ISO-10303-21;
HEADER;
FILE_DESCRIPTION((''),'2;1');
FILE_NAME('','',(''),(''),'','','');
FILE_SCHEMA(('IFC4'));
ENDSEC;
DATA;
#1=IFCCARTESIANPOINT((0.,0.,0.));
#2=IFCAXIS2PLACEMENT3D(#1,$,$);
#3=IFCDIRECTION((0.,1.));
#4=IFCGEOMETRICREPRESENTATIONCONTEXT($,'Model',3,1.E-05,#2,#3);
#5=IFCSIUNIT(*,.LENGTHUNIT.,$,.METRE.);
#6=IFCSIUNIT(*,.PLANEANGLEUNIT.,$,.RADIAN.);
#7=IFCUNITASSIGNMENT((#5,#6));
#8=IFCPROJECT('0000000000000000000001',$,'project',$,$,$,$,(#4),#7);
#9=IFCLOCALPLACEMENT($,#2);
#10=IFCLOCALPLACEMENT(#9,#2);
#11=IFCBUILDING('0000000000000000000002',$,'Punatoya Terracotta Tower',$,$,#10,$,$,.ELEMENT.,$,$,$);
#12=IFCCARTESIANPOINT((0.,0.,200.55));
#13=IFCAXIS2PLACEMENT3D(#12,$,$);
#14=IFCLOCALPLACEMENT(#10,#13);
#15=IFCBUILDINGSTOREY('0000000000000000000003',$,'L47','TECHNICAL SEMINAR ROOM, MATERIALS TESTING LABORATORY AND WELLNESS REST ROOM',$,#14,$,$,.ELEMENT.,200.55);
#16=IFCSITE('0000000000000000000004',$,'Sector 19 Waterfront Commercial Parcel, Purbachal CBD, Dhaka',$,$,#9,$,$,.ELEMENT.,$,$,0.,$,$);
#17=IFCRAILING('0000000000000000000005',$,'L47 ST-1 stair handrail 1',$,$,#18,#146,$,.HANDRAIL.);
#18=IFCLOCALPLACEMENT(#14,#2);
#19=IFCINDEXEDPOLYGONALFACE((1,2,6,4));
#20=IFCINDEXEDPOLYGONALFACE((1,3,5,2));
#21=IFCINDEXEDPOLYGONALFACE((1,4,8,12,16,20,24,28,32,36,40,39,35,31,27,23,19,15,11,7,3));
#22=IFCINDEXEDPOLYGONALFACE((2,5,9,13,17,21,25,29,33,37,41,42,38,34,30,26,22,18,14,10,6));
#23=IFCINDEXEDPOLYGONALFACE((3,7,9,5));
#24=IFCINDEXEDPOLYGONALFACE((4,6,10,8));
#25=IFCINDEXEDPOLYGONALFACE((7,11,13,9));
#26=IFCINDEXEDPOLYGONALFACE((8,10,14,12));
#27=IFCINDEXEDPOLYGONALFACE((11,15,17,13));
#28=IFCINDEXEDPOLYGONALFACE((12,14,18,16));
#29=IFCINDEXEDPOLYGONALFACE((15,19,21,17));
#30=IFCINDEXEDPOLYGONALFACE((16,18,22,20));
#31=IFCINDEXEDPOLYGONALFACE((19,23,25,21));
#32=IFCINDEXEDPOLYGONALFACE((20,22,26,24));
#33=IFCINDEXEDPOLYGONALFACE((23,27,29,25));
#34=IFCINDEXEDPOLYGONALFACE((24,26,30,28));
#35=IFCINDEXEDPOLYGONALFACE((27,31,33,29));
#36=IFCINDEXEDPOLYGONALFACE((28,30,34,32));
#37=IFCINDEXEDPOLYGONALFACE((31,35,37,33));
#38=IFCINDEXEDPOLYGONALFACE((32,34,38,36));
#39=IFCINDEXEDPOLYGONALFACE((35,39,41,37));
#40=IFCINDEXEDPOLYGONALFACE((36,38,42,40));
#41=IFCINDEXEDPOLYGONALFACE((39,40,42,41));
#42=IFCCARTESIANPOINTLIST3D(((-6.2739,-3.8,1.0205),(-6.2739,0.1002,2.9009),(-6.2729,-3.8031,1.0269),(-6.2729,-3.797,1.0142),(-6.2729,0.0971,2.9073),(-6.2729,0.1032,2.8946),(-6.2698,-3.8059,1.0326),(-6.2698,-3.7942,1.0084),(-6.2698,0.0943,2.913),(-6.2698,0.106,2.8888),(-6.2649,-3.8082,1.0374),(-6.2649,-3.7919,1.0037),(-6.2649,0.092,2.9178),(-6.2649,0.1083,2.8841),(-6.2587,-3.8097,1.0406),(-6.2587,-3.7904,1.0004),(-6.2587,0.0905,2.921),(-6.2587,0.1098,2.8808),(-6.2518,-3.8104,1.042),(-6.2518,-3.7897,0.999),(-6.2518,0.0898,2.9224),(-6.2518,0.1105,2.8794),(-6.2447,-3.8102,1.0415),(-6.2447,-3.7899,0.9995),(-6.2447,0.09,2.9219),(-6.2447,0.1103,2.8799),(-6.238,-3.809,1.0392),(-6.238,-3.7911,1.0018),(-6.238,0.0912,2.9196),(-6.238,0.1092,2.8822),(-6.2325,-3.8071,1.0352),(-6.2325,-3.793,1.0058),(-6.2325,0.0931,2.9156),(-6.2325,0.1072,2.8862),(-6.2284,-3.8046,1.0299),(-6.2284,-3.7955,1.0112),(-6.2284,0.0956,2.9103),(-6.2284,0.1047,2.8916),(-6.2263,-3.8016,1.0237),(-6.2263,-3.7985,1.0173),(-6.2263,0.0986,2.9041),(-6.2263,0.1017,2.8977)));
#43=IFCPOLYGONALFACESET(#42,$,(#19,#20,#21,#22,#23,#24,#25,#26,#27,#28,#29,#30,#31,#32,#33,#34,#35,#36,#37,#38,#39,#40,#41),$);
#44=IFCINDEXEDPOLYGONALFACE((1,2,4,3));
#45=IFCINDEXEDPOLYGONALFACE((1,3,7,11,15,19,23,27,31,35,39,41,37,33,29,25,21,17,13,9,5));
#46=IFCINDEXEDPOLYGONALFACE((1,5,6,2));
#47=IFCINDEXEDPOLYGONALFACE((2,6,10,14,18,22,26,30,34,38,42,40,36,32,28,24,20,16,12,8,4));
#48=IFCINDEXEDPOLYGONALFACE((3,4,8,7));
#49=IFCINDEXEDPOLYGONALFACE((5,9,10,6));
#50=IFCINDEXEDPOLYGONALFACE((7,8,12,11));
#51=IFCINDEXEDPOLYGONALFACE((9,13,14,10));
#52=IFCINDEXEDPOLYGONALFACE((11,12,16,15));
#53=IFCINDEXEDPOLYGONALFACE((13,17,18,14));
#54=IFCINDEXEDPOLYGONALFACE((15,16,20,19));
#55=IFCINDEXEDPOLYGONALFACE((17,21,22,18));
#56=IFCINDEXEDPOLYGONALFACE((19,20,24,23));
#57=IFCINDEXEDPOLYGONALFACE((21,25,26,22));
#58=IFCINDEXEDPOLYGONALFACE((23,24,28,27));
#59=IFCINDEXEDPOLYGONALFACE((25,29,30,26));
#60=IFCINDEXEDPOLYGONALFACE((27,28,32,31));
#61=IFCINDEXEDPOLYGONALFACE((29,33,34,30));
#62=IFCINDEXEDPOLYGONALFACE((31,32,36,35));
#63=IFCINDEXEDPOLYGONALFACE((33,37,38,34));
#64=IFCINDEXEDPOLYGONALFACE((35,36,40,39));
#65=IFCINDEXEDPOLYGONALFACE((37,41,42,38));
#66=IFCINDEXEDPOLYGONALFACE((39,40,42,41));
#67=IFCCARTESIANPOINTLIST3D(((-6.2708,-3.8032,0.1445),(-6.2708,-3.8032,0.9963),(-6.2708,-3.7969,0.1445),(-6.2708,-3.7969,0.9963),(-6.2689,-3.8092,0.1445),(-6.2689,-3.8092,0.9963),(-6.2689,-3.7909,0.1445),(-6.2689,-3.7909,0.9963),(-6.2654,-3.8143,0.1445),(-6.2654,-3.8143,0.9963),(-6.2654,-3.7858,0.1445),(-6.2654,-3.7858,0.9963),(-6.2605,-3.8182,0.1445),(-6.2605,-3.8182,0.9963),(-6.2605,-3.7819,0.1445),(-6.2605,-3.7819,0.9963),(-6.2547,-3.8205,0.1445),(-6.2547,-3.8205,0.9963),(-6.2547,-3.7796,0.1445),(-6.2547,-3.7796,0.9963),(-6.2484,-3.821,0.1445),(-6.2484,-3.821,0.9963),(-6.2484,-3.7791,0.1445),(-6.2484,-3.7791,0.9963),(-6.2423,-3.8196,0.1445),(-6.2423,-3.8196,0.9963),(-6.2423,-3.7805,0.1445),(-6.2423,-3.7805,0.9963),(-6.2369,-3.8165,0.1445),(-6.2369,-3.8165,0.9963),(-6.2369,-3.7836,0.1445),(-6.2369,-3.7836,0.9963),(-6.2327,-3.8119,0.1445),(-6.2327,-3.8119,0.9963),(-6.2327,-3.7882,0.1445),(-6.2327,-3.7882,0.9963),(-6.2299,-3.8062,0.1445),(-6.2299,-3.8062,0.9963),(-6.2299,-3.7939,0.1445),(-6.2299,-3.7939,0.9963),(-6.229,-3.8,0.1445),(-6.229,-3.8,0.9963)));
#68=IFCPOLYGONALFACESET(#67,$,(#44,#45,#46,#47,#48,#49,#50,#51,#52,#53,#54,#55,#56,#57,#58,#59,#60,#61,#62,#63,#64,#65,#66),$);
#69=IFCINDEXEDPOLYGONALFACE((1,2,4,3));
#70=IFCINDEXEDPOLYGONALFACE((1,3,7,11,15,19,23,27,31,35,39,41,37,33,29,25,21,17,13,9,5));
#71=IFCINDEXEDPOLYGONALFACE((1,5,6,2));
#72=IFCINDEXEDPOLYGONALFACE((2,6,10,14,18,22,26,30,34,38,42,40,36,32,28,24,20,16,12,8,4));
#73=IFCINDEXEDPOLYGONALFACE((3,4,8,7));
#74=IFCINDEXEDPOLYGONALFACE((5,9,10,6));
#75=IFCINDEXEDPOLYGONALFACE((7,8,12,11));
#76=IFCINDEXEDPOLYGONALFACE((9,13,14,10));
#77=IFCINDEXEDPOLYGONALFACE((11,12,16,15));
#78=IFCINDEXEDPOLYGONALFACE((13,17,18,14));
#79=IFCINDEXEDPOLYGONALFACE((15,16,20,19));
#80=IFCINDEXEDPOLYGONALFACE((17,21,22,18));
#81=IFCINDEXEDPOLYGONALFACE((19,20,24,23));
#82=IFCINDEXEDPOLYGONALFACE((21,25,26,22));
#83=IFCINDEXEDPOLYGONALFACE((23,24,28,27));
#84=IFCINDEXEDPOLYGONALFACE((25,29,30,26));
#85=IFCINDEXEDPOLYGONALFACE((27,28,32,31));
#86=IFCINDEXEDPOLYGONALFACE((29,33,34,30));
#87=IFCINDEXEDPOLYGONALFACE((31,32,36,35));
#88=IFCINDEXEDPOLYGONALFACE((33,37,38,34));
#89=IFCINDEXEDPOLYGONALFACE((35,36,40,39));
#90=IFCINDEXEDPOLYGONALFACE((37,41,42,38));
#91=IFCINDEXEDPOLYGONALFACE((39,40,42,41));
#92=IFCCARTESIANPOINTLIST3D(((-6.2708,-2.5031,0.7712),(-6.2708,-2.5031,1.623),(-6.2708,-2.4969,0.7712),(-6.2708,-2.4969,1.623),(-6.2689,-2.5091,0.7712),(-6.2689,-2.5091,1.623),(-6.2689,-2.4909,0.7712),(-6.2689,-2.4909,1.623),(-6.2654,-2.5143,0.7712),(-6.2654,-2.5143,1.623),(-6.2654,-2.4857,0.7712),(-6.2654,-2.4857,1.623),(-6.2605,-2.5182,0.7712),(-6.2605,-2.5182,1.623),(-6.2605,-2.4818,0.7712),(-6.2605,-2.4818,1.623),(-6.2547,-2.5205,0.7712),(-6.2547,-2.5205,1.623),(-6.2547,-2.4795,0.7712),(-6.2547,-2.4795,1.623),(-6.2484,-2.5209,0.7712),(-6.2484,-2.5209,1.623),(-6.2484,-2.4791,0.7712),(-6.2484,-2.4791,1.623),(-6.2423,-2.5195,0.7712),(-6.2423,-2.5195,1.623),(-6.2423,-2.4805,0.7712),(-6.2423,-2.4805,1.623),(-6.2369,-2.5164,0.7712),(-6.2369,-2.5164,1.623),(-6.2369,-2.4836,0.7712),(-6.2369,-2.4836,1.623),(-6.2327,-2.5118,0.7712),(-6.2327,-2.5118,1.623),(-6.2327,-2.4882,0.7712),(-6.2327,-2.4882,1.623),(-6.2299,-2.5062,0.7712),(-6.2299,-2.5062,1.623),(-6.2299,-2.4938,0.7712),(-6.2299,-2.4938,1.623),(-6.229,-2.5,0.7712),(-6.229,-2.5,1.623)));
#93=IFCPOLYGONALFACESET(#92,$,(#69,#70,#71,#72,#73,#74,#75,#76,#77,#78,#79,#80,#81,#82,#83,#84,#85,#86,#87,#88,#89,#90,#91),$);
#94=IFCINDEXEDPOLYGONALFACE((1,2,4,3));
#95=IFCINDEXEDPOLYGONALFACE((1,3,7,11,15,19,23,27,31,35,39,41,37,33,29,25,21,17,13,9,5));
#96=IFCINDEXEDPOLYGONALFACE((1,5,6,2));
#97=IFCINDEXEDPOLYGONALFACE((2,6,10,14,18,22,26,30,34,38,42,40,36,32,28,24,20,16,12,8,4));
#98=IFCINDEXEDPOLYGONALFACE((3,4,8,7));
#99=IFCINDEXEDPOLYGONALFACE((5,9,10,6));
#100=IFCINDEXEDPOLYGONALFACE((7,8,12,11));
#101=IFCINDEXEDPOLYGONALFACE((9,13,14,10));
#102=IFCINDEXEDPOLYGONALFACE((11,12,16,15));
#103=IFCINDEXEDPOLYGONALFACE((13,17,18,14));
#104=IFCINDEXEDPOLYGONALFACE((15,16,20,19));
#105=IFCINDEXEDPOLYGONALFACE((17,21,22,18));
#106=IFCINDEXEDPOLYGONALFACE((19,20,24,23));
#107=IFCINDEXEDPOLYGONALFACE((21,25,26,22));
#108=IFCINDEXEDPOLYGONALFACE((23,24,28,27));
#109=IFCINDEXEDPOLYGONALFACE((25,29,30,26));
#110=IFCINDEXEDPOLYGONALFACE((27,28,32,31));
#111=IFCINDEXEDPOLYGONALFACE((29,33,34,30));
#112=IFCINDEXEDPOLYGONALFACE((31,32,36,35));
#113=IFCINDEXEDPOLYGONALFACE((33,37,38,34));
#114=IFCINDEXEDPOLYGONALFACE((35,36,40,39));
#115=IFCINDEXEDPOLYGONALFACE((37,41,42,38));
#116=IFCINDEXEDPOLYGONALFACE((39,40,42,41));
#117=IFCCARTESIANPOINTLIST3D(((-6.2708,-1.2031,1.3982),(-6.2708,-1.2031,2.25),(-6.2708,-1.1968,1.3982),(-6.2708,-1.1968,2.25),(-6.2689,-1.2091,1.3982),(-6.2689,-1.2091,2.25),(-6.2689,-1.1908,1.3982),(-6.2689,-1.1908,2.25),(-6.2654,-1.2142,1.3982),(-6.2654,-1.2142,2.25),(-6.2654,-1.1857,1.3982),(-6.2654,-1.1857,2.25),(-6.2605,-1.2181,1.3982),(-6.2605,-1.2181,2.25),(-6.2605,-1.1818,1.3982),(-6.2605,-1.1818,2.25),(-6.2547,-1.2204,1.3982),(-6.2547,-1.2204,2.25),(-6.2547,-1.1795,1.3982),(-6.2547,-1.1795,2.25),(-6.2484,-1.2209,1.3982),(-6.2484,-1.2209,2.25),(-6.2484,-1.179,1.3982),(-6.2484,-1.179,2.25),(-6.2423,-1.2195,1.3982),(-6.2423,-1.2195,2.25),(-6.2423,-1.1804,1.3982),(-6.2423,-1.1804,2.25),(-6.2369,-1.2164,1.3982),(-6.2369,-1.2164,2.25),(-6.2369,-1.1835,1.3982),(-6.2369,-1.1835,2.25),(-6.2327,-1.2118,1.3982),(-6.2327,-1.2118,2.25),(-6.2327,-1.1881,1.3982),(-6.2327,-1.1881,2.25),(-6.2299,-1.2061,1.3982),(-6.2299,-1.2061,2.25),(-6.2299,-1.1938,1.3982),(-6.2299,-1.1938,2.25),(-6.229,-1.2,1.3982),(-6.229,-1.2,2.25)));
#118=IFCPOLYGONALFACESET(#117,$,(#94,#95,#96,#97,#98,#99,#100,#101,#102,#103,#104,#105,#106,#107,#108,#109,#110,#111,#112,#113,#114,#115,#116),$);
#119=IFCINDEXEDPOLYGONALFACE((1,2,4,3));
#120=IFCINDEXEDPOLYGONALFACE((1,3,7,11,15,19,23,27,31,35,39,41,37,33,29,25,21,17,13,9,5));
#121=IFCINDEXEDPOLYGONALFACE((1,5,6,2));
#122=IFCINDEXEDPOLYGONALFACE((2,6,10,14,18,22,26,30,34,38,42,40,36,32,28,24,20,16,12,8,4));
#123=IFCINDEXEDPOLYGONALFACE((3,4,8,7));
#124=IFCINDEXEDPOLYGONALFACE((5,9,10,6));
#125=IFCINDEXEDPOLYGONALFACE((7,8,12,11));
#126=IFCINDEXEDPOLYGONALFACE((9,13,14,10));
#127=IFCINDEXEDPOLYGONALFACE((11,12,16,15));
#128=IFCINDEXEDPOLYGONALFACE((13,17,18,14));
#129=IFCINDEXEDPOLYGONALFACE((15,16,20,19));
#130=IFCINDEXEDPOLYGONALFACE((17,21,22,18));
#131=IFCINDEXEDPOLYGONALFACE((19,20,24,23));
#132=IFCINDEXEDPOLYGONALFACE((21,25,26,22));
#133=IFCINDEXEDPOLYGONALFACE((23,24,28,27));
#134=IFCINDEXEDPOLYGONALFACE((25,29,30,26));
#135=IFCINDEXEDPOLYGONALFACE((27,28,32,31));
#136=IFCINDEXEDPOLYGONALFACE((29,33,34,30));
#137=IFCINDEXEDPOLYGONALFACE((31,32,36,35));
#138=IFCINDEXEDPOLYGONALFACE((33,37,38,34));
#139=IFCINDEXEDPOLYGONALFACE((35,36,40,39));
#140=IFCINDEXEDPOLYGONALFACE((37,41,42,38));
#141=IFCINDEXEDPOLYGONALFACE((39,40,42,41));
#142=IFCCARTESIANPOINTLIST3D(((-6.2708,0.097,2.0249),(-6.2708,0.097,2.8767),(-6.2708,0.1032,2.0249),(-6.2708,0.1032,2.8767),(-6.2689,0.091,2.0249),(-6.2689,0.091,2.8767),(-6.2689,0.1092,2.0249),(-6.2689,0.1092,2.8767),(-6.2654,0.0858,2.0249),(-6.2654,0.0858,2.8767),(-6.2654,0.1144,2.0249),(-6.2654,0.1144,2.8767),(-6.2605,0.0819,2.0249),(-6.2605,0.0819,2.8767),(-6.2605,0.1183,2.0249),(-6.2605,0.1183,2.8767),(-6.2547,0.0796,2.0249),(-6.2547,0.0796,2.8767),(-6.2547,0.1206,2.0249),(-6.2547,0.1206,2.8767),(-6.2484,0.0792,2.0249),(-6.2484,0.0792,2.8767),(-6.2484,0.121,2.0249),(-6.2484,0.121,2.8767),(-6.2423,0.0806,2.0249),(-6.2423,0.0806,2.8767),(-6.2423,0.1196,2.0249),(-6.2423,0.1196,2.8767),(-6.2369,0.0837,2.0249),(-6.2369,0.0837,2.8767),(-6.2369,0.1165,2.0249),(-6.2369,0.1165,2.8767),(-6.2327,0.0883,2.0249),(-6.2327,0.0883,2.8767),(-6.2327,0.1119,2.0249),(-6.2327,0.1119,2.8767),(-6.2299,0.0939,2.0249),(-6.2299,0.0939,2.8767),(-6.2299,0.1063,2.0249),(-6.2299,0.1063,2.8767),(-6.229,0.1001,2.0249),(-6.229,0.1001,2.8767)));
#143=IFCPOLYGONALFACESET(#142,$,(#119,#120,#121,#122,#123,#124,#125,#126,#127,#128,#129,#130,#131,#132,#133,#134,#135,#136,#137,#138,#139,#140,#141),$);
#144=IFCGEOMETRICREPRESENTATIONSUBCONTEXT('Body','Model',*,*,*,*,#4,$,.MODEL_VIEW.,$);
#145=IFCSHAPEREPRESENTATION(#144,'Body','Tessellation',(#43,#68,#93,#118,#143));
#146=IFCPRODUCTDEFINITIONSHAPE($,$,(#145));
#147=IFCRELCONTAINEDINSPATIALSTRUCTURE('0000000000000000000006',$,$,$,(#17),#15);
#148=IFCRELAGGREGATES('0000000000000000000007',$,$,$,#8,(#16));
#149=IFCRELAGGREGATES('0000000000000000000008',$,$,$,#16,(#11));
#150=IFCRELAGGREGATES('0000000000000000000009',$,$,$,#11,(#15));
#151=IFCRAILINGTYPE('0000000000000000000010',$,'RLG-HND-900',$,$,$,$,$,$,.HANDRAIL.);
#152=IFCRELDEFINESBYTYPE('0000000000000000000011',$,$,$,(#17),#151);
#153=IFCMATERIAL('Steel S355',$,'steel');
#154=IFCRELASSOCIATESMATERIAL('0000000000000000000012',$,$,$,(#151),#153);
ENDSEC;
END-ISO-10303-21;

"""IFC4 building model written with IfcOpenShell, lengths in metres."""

from ifc_helpers import new_model, si_unit, direction, frame, origin, origin_2d, place, context, subcontext, project, spatial, circle, extrude, material, type_object, element, save


model = new_model("IFC4")

# Units and contexts
model_context = context("Model", 3, precision=1e-05, world=origin(), true_north=direction((0.0, 1.0)))
body_context = subcontext(model_context, "Body", "Model", "MODEL_VIEW")
ifc_project = project(units=[si_unit("LENGTHUNIT", "METRE"), si_unit("PLANEANGLEUNIT", "RADIAN")], contexts=[model_context])

# Site, building, storey
site_placement = place(None, origin())
site = spatial("IfcSite", under=ifc_project, at=site_placement, Name="Sector 19 Waterfront Commercial Parcel, Purbachal CBD, Dhaka", CompositionType="ELEMENT", RefElevation=0.0)
building_placement = place(site_placement, origin())
building = spatial("IfcBuilding", under=site, at=building_placement, Name="Punatoya Terracotta Tower", CompositionType="ELEMENT")
storey_placement = place(building_placement, frame((0.0, 0.0, 200.55)))
storey = spatial("IfcBuildingStorey", under=building, at=storey_placement, Name="L47", Description="TECHNICAL SEMINAR ROOM, MATERIALS TESTING LABORATORY AND WELLNESS REST ROOM", CompositionType="ELEMENT", Elevation=200.55)

# Shared definitions
ifc_material_1 = material(Name="Steel S355", Category="steel")

# Railing
railing_type_1 = type_object("IfcRailingType", Name="RLG-HND-900", PredefinedType="HANDRAIL", material=ifc_material_1)
railing_1_placement = place(storey_placement, frame((-6.25, -3.8, 0.1445)))
element("IfcRailing", 1, at=railing_1_placement, inside=storey, type_object=railing_type_1, Name="L47 ST-1 stair handrail 1", PredefinedType="HANDRAIL", context=body_context, shape_type="SweptSolid", body=[
    extrude(circle(Radius=0.0239, at=origin_2d()), frame((0.0, 0.0, 0.876), z_axis=(0.0, 0.900774, 0.434289), x_axis=(-1.0, 0.0, 0.0)), (0.0, 0.0, 1.0), 4.3298),
    extrude(circle(Radius=0.021, at=origin_2d()), origin(), (0.0, 0.0, 1.0), 0.8518),
    extrude(circle(Radius=0.021, at=origin_2d()), frame((0.0, 1.3, 0.6267)), (0.0, 0.0, 1.0), 0.8518),
    extrude(circle(Radius=0.021, at=origin_2d()), frame((0.0, 2.6001, 1.2537)), (0.0, 0.0, 1.0), 0.8518),
    extrude(circle(Radius=0.021, at=origin_2d()), frame((0.0, 3.9001, 1.8804)), (0.0, 0.0, 1.0), 0.8518),
])

save(model, "model.ifc")
